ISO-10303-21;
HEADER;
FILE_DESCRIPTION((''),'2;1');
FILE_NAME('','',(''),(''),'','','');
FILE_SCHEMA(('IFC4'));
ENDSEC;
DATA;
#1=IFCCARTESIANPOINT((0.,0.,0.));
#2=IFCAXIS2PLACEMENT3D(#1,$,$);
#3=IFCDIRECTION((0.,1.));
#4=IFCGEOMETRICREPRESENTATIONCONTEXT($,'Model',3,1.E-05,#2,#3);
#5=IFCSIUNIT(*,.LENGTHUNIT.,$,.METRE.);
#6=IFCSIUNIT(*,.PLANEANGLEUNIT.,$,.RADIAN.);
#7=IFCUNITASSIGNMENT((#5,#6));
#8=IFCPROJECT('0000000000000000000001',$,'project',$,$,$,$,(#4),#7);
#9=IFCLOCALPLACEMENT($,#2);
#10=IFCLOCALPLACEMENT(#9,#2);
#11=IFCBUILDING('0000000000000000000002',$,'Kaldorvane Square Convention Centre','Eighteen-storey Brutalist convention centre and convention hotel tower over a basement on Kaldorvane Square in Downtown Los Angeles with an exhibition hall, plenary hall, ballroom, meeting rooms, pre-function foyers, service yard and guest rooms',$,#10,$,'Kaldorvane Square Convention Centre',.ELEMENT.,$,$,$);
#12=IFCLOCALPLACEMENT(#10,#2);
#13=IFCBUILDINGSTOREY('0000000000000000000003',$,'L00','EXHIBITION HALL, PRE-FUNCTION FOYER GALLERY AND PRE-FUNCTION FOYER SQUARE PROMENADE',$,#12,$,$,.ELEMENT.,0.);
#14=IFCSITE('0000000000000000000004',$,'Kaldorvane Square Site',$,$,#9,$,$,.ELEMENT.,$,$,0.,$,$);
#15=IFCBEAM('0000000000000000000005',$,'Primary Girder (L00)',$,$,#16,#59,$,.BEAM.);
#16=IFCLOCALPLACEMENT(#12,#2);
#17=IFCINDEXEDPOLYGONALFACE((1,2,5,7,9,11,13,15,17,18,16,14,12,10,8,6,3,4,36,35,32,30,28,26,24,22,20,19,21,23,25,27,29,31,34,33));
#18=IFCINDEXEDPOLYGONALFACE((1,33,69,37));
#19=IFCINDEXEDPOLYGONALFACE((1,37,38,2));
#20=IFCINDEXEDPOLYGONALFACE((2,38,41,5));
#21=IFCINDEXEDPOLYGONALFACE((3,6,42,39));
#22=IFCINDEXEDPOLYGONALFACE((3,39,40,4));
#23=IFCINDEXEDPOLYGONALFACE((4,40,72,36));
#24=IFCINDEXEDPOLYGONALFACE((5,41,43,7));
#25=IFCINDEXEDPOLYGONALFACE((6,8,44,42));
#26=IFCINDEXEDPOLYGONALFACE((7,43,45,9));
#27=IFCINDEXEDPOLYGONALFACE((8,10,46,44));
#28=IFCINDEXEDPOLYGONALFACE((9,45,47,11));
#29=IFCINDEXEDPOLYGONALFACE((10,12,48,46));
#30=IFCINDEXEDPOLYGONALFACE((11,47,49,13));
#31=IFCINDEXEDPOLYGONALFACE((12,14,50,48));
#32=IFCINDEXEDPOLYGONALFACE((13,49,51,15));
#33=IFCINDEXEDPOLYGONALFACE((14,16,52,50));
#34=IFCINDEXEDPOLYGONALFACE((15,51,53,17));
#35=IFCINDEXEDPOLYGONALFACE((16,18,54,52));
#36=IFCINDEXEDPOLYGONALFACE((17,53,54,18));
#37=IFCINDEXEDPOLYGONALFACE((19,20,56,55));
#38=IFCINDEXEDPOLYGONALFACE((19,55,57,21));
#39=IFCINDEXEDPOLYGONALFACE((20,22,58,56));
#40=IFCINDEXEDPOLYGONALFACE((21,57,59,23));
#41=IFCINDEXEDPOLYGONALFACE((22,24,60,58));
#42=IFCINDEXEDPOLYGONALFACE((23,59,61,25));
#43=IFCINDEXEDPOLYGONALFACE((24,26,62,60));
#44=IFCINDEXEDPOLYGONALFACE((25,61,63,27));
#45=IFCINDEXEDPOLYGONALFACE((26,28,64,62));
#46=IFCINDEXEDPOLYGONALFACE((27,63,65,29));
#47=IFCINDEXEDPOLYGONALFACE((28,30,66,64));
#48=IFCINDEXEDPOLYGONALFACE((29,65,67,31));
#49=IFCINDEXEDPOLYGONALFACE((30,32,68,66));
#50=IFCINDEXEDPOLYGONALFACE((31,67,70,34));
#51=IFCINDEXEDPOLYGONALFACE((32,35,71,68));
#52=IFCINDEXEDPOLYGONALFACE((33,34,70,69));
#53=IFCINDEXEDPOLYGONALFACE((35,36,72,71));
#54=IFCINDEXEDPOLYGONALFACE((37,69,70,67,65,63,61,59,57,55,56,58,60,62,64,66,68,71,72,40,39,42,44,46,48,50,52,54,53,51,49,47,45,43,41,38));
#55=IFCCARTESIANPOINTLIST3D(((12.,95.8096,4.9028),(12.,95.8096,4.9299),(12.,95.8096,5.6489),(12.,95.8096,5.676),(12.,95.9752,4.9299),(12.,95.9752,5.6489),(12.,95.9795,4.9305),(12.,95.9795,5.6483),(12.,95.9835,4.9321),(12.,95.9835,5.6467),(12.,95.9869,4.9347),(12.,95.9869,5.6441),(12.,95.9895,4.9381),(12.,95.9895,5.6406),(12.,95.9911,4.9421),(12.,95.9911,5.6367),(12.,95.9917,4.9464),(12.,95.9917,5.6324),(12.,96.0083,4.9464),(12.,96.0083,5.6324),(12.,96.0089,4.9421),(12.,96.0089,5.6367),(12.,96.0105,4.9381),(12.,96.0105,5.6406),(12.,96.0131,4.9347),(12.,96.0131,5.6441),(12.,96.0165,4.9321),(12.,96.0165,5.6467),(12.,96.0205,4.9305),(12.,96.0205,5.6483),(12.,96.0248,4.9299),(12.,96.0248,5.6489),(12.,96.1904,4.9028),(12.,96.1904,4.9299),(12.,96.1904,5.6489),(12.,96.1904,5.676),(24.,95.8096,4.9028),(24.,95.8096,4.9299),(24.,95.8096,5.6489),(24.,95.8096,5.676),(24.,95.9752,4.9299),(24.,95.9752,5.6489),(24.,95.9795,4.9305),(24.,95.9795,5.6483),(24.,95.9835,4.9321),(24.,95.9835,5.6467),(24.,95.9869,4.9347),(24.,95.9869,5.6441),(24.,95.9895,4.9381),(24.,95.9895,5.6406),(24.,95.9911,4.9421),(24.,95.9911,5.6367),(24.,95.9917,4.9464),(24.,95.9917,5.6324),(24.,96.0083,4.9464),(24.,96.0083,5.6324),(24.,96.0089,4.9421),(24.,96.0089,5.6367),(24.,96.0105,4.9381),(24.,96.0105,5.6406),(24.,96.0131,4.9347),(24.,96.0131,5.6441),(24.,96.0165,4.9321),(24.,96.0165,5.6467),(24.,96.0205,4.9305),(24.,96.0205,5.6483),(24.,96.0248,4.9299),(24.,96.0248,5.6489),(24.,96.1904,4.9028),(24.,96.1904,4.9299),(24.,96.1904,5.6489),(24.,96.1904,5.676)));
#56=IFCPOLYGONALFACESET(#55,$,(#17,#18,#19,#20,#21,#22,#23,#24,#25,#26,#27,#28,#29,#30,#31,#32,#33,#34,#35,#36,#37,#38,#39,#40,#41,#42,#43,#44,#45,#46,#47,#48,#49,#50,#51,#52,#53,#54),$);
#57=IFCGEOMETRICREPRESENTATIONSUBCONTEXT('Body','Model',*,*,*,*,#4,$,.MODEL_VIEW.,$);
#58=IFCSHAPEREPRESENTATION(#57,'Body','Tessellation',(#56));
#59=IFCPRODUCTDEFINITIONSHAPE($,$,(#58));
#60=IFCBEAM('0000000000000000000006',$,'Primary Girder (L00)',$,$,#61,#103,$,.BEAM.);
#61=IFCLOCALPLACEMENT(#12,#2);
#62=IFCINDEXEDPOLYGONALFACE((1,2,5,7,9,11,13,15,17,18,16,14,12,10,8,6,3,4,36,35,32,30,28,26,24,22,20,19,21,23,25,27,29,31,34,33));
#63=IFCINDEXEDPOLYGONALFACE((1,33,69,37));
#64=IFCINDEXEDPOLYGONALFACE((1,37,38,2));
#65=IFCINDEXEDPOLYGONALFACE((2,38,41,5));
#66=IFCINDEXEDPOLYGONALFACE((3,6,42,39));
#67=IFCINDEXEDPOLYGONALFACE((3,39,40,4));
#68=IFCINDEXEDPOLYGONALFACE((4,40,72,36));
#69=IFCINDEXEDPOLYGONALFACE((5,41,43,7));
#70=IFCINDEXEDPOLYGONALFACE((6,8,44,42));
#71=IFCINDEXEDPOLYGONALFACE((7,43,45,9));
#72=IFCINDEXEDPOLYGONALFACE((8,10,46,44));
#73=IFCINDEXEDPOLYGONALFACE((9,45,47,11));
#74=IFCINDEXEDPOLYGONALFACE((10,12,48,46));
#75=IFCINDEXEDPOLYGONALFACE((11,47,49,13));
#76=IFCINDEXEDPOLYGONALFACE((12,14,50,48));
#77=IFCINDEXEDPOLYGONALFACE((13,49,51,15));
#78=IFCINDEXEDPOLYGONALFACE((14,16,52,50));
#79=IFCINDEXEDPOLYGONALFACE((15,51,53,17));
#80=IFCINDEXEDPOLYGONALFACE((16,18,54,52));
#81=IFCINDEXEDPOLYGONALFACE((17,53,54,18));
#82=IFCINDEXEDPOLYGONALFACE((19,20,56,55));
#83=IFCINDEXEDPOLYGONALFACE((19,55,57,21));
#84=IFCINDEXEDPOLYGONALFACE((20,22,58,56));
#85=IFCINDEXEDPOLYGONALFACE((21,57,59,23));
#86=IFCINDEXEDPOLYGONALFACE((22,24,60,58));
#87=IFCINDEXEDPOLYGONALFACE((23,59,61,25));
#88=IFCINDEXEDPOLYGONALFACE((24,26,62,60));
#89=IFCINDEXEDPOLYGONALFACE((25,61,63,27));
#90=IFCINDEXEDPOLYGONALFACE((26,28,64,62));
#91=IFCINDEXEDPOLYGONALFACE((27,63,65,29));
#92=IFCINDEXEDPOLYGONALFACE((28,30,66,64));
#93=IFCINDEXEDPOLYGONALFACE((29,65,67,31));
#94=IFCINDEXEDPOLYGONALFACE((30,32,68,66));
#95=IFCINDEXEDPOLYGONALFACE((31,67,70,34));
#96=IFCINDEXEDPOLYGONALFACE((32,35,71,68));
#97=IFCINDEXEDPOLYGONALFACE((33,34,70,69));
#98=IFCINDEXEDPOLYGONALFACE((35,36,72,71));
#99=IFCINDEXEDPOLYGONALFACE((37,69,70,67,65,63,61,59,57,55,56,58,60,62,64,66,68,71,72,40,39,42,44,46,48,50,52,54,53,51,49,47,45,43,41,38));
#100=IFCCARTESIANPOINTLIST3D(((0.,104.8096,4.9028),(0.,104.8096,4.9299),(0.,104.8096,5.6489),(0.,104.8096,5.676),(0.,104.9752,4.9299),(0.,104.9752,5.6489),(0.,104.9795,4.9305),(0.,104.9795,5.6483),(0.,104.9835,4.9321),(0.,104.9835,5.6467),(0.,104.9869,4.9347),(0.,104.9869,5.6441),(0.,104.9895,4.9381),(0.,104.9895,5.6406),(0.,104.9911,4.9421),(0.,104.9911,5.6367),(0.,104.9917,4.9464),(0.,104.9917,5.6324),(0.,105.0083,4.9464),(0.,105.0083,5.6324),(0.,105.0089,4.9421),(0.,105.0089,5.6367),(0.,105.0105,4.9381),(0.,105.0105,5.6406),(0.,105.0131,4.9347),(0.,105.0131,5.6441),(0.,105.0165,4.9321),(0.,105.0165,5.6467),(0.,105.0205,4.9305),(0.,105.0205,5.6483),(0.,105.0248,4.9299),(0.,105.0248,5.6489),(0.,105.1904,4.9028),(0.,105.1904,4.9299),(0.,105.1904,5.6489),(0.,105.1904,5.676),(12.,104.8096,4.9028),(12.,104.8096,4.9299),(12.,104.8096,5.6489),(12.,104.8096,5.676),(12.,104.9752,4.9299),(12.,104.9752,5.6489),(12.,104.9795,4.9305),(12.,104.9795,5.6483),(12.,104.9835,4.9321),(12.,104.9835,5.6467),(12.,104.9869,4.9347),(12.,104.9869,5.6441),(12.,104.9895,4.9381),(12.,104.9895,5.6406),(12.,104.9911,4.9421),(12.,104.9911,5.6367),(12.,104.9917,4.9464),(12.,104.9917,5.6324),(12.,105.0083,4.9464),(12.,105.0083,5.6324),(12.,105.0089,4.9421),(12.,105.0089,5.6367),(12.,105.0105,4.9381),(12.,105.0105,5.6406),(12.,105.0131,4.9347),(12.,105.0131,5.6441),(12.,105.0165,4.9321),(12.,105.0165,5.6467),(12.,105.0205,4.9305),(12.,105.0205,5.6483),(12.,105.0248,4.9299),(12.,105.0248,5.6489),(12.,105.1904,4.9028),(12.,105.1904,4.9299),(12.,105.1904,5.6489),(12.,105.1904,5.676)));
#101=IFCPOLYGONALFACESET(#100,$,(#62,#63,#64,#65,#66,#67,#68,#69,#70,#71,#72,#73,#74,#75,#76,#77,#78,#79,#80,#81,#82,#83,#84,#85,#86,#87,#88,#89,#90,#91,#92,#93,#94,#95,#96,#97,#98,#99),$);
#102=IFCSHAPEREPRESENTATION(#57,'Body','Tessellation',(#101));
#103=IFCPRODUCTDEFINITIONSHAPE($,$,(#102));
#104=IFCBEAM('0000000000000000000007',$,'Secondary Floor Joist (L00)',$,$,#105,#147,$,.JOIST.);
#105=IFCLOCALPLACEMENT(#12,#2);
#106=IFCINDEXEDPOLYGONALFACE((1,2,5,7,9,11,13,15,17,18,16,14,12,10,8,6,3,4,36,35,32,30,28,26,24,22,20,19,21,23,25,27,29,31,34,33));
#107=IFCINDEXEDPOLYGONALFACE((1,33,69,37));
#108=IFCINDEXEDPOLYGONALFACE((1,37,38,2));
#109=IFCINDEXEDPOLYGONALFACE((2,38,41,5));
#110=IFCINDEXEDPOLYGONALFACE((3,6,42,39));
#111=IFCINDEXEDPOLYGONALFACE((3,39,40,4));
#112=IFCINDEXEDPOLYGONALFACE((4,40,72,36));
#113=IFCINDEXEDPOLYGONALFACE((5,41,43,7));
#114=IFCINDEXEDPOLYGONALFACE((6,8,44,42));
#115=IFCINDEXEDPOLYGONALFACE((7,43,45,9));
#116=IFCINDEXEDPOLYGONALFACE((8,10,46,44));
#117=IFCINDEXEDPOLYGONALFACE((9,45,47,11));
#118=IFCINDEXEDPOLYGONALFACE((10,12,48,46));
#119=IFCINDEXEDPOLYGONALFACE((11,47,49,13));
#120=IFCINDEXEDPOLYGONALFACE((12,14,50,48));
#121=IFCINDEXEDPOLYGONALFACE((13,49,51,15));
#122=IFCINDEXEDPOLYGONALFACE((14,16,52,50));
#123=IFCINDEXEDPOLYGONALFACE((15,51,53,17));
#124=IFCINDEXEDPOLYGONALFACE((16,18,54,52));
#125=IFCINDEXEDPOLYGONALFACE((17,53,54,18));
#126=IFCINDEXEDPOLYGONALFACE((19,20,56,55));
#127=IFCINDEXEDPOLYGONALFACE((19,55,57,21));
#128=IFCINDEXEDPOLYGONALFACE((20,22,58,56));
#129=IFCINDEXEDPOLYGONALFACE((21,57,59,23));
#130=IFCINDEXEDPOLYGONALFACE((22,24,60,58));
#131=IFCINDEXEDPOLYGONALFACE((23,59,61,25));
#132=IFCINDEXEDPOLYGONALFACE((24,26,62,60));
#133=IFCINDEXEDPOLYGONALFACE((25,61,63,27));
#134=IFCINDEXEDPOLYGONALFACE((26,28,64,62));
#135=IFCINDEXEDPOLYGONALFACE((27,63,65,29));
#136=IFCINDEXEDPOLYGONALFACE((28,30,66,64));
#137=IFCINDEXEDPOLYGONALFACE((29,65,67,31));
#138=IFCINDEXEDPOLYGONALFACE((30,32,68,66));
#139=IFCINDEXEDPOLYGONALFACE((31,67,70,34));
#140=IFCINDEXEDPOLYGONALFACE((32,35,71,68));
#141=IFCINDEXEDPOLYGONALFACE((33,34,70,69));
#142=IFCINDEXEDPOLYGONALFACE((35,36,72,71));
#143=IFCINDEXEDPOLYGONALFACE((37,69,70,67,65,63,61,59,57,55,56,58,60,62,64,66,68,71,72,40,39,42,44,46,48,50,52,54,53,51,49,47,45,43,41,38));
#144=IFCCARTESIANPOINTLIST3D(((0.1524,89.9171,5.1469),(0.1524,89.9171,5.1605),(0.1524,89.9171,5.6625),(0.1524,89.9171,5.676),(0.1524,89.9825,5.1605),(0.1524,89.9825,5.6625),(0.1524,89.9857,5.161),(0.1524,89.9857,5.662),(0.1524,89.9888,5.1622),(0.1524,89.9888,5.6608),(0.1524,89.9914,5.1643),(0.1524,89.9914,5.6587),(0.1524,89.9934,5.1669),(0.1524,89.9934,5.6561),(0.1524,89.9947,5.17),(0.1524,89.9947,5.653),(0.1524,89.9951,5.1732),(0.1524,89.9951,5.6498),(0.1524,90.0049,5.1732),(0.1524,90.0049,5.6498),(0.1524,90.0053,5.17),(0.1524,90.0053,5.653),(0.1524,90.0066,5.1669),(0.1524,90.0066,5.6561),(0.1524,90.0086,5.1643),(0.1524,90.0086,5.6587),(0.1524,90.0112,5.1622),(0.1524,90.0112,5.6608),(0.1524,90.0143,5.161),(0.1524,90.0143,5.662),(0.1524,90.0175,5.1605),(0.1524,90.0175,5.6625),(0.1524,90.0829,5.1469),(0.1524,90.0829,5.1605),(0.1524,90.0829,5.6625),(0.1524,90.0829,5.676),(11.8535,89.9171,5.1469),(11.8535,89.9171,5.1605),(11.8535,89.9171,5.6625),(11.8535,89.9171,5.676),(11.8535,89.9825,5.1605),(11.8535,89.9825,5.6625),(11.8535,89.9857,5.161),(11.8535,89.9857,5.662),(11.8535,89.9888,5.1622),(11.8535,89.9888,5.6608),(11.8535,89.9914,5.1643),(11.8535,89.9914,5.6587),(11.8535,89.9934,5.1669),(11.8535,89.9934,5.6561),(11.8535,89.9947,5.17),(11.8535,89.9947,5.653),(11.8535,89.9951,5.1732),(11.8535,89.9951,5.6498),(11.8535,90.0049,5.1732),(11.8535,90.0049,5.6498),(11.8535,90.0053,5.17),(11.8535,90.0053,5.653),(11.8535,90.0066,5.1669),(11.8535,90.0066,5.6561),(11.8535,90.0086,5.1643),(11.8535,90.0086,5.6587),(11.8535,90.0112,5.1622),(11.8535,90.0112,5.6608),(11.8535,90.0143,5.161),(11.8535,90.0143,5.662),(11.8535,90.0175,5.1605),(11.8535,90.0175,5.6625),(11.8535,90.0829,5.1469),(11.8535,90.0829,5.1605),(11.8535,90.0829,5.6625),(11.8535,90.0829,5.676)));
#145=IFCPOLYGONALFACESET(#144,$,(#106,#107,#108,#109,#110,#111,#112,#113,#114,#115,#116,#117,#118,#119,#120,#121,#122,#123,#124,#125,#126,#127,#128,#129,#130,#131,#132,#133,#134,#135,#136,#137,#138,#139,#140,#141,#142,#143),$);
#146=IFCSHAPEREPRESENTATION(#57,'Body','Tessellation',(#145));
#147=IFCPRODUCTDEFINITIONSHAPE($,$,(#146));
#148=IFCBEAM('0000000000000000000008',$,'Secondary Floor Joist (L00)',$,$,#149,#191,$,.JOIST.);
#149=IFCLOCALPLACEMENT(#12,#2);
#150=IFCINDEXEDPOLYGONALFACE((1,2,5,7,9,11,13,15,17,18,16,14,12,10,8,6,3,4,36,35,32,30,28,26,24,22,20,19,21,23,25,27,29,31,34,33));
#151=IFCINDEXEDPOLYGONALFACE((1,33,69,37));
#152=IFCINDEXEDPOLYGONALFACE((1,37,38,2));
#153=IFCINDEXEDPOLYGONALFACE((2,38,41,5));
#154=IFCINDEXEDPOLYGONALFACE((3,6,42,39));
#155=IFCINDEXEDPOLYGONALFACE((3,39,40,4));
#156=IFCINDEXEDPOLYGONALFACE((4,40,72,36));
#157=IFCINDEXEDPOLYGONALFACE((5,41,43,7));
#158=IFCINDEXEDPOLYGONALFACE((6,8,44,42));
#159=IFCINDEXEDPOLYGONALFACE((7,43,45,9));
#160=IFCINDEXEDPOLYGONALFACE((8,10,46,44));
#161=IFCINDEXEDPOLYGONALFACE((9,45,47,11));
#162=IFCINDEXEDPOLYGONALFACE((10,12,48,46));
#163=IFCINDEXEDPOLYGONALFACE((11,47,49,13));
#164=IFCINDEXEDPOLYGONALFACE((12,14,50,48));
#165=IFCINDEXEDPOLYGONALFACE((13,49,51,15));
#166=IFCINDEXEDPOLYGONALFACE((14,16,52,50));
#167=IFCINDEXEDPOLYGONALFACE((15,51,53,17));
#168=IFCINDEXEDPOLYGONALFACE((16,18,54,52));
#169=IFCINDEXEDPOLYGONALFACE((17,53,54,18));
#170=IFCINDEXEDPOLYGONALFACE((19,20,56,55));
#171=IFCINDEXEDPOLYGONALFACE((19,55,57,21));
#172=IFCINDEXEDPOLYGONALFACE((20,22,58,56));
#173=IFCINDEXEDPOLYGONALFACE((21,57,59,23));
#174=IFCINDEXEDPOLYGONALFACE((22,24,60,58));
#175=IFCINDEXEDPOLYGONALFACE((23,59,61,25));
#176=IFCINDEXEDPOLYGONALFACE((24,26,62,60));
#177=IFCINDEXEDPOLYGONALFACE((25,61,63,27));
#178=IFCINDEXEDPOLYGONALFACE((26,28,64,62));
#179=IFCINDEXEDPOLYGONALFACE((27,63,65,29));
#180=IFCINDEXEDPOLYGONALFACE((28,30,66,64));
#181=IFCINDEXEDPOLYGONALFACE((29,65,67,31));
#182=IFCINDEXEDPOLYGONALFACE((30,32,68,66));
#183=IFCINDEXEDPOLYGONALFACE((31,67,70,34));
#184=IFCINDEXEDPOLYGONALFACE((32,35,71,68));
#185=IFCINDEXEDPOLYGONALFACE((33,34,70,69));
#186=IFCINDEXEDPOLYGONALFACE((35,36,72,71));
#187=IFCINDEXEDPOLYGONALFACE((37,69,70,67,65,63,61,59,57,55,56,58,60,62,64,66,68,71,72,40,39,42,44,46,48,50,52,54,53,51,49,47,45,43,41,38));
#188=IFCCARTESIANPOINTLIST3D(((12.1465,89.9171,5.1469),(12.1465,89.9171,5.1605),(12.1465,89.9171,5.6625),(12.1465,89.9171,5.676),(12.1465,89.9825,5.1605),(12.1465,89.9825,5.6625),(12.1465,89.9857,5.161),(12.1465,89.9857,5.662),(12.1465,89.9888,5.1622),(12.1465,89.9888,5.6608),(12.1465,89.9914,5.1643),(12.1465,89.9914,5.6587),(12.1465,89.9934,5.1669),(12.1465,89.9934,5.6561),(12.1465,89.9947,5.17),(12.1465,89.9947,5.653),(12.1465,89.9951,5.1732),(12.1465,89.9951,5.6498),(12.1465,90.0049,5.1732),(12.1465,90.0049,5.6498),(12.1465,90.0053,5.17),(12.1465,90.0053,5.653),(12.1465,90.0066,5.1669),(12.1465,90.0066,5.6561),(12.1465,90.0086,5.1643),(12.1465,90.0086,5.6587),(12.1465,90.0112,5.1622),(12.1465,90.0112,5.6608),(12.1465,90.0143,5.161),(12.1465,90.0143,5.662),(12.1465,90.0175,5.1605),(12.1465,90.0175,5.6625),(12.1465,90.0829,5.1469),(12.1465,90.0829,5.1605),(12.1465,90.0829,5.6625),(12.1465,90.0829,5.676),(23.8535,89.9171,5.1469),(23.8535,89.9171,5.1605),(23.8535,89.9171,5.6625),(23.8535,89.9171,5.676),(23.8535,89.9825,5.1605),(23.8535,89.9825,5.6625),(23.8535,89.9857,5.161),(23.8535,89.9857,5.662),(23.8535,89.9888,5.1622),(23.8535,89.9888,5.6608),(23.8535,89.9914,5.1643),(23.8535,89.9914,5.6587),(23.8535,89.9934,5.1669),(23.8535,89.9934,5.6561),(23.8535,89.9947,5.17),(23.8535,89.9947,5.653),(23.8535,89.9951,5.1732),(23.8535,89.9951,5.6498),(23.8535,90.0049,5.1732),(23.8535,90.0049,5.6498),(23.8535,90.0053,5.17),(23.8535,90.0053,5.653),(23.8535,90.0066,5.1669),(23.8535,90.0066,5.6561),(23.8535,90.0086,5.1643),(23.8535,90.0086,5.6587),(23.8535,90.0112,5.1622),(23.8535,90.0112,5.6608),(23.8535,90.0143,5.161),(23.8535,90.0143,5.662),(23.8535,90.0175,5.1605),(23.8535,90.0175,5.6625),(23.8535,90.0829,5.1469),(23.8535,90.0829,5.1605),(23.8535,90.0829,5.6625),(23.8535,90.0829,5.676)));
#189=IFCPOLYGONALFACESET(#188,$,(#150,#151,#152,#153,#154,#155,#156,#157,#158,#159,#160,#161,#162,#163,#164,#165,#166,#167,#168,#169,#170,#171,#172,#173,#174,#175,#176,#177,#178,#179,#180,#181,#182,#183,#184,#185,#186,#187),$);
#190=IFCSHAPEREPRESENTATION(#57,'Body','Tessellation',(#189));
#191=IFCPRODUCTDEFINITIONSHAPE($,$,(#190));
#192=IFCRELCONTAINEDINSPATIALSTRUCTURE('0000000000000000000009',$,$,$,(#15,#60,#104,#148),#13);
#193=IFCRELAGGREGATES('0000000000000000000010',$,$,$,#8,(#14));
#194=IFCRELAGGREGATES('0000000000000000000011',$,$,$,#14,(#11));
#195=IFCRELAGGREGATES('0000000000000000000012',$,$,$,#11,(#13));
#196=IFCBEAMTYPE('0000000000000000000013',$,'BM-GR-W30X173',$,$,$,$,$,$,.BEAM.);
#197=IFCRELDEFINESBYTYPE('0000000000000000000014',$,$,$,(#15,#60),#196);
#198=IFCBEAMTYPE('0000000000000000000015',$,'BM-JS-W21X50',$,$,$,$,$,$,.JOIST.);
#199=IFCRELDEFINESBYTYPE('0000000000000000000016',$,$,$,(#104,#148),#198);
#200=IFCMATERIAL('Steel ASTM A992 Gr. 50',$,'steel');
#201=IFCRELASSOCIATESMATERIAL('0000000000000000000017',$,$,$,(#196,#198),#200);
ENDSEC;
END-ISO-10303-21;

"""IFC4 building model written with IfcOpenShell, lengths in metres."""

from ifc_helpers import new_model, si_unit, direction, frame, origin, origin_2d, place, context, subcontext, project, spatial, i_section, extrude, material, material_profile, profile_set, type_object, element, save


model = new_model("IFC4")

# Units and contexts
model_context = context("Model", 3, precision=1e-05, world=origin(), true_north=direction((0.0, 1.0)))
body_context = subcontext(model_context, "Body", "Model", "MODEL_VIEW")
ifc_project = project(units=[si_unit("LENGTHUNIT", "METRE"), si_unit("PLANEANGLEUNIT", "RADIAN")], contexts=[model_context])

# Site, building, storey
site_placement = place(None, origin())
site = spatial("IfcSite", under=ifc_project, at=site_placement, Name="Kaldorvane Square Site", CompositionType="ELEMENT", RefElevation=0.0)
building_placement = place(site_placement, origin())
building = spatial("IfcBuilding", under=site, at=building_placement, Name="Kaldorvane Square Convention Centre", Description="Eighteen-storey Brutalist convention centre and convention hotel tower over a basement on Kaldorvane Square in Downtown Los Angeles with an exhibition hall, plenary hall, ballroom, meeting rooms, pre-function foyers, service yard and guest rooms", LongName="Kaldorvane Square Convention Centre", CompositionType="ELEMENT")
storey_placement = place(building_placement, origin())
storey = spatial("IfcBuildingStorey", under=building, at=storey_placement, Name="L00", Description="EXHIBITION HALL, PRE-FUNCTION FOYER GALLERY AND PRE-FUNCTION FOYER SQUARE PROMENADE", CompositionType="ELEMENT", Elevation=0.0)

# Shared definitions
ifc_material_1 = material(Name="Steel ASTM A992 Gr. 50", Category="steel")

# Beams
ifc_material_profile_1 = material_profile(ifc_material_1, i_section(OverallWidth=0.3807, OverallDepth=0.7732, WebThickness=0.0166, FlangeThickness=0.0271, FilletRadius=0.0165, at=origin_2d()), Name="W30X173")
ifc_profile_set_1 = profile_set([ifc_material_profile_1], Name="Steel ASTM A992 Gr. 50")
beam_type_1 = type_object("IfcBeamType", Name="BM-GR-W30X173", PredefinedType="BEAM", material=ifc_profile_set_1)
for number, where, z_axis, x_axis, name in (
    (1, (12.0, 96.0, 5.2894), (1.0, 0.0, 0.0), (0.0, 1.0, 0.0), "Primary Girder (L00)"),
    (2, (0.0, 105.0, 5.2894), (1.0, 0.0, 0.0), (0.0, 1.0, 0.0), "Primary Girder (L00)"),
):
    element("IfcBeam", number, at=place(storey_placement, frame(where, z_axis=z_axis, x_axis=x_axis)), inside=storey, type_object=beam_type_1, Name=name, PredefinedType="BEAM", context=body_context, shape_type="SweptSolid", body=[
        extrude(i_section(OverallWidth=0.3807, OverallDepth=0.7732, WebThickness=0.0166, FlangeThickness=0.0271, FilletRadius=0.0165, at=origin_2d()), origin(), (0.0, 0.0, 1.0), 12.0),
    ])
ifc_material_profile_2 = material_profile(ifc_material_1, i_section(OverallWidth=0.1659, OverallDepth=0.5291, WebThickness=0.0097, FlangeThickness=0.0136, FilletRadius=0.0127, at=origin_2d()), Name="W21X50")
ifc_profile_set_2 = profile_set([ifc_material_profile_2], Name="Steel ASTM A992 Gr. 50")
beam_type_2 = type_object("IfcBeamType", Name="BM-JS-W21X50", PredefinedType="JOIST", material=ifc_profile_set_2)
beam_1_placement = place(storey_placement, frame((0.1524, 90.0, 5.4115), z_axis=(1.0, 0.0, 0.0), x_axis=(0.0, 1.0, 0.0)))
element("IfcBeam", 3, at=beam_1_placement, inside=storey, type_object=beam_type_2, Name="Secondary Floor Joist (L00)", PredefinedType="JOIST", context=body_context, shape_type="SweptSolid", body=[
    extrude(i_section(OverallWidth=0.1659, OverallDepth=0.5291, WebThickness=0.0097, FlangeThickness=0.0136, FilletRadius=0.0127, at=origin_2d()), origin(), (0.0, 0.0, 1.0), 11.7011),
])
beam_2_placement = place(storey_placement, frame((12.1465, 90.0, 5.4115), z_axis=(1.0, 0.0, 0.0), x_axis=(0.0, 1.0, 0.0)))
element("IfcBeam", 4, at=beam_2_placement, inside=storey, type_object=beam_type_2, Name="Secondary Floor Joist (L00)", PredefinedType="JOIST", context=body_context, shape_type="SweptSolid", body=[
    extrude(i_section(OverallWidth=0.1659, OverallDepth=0.5291, WebThickness=0.0097, FlangeThickness=0.0136, FilletRadius=0.0127, at=origin_2d()), origin(), (0.0, 0.0, 1.0), 11.707),
])

save(model, "model.ifc")
